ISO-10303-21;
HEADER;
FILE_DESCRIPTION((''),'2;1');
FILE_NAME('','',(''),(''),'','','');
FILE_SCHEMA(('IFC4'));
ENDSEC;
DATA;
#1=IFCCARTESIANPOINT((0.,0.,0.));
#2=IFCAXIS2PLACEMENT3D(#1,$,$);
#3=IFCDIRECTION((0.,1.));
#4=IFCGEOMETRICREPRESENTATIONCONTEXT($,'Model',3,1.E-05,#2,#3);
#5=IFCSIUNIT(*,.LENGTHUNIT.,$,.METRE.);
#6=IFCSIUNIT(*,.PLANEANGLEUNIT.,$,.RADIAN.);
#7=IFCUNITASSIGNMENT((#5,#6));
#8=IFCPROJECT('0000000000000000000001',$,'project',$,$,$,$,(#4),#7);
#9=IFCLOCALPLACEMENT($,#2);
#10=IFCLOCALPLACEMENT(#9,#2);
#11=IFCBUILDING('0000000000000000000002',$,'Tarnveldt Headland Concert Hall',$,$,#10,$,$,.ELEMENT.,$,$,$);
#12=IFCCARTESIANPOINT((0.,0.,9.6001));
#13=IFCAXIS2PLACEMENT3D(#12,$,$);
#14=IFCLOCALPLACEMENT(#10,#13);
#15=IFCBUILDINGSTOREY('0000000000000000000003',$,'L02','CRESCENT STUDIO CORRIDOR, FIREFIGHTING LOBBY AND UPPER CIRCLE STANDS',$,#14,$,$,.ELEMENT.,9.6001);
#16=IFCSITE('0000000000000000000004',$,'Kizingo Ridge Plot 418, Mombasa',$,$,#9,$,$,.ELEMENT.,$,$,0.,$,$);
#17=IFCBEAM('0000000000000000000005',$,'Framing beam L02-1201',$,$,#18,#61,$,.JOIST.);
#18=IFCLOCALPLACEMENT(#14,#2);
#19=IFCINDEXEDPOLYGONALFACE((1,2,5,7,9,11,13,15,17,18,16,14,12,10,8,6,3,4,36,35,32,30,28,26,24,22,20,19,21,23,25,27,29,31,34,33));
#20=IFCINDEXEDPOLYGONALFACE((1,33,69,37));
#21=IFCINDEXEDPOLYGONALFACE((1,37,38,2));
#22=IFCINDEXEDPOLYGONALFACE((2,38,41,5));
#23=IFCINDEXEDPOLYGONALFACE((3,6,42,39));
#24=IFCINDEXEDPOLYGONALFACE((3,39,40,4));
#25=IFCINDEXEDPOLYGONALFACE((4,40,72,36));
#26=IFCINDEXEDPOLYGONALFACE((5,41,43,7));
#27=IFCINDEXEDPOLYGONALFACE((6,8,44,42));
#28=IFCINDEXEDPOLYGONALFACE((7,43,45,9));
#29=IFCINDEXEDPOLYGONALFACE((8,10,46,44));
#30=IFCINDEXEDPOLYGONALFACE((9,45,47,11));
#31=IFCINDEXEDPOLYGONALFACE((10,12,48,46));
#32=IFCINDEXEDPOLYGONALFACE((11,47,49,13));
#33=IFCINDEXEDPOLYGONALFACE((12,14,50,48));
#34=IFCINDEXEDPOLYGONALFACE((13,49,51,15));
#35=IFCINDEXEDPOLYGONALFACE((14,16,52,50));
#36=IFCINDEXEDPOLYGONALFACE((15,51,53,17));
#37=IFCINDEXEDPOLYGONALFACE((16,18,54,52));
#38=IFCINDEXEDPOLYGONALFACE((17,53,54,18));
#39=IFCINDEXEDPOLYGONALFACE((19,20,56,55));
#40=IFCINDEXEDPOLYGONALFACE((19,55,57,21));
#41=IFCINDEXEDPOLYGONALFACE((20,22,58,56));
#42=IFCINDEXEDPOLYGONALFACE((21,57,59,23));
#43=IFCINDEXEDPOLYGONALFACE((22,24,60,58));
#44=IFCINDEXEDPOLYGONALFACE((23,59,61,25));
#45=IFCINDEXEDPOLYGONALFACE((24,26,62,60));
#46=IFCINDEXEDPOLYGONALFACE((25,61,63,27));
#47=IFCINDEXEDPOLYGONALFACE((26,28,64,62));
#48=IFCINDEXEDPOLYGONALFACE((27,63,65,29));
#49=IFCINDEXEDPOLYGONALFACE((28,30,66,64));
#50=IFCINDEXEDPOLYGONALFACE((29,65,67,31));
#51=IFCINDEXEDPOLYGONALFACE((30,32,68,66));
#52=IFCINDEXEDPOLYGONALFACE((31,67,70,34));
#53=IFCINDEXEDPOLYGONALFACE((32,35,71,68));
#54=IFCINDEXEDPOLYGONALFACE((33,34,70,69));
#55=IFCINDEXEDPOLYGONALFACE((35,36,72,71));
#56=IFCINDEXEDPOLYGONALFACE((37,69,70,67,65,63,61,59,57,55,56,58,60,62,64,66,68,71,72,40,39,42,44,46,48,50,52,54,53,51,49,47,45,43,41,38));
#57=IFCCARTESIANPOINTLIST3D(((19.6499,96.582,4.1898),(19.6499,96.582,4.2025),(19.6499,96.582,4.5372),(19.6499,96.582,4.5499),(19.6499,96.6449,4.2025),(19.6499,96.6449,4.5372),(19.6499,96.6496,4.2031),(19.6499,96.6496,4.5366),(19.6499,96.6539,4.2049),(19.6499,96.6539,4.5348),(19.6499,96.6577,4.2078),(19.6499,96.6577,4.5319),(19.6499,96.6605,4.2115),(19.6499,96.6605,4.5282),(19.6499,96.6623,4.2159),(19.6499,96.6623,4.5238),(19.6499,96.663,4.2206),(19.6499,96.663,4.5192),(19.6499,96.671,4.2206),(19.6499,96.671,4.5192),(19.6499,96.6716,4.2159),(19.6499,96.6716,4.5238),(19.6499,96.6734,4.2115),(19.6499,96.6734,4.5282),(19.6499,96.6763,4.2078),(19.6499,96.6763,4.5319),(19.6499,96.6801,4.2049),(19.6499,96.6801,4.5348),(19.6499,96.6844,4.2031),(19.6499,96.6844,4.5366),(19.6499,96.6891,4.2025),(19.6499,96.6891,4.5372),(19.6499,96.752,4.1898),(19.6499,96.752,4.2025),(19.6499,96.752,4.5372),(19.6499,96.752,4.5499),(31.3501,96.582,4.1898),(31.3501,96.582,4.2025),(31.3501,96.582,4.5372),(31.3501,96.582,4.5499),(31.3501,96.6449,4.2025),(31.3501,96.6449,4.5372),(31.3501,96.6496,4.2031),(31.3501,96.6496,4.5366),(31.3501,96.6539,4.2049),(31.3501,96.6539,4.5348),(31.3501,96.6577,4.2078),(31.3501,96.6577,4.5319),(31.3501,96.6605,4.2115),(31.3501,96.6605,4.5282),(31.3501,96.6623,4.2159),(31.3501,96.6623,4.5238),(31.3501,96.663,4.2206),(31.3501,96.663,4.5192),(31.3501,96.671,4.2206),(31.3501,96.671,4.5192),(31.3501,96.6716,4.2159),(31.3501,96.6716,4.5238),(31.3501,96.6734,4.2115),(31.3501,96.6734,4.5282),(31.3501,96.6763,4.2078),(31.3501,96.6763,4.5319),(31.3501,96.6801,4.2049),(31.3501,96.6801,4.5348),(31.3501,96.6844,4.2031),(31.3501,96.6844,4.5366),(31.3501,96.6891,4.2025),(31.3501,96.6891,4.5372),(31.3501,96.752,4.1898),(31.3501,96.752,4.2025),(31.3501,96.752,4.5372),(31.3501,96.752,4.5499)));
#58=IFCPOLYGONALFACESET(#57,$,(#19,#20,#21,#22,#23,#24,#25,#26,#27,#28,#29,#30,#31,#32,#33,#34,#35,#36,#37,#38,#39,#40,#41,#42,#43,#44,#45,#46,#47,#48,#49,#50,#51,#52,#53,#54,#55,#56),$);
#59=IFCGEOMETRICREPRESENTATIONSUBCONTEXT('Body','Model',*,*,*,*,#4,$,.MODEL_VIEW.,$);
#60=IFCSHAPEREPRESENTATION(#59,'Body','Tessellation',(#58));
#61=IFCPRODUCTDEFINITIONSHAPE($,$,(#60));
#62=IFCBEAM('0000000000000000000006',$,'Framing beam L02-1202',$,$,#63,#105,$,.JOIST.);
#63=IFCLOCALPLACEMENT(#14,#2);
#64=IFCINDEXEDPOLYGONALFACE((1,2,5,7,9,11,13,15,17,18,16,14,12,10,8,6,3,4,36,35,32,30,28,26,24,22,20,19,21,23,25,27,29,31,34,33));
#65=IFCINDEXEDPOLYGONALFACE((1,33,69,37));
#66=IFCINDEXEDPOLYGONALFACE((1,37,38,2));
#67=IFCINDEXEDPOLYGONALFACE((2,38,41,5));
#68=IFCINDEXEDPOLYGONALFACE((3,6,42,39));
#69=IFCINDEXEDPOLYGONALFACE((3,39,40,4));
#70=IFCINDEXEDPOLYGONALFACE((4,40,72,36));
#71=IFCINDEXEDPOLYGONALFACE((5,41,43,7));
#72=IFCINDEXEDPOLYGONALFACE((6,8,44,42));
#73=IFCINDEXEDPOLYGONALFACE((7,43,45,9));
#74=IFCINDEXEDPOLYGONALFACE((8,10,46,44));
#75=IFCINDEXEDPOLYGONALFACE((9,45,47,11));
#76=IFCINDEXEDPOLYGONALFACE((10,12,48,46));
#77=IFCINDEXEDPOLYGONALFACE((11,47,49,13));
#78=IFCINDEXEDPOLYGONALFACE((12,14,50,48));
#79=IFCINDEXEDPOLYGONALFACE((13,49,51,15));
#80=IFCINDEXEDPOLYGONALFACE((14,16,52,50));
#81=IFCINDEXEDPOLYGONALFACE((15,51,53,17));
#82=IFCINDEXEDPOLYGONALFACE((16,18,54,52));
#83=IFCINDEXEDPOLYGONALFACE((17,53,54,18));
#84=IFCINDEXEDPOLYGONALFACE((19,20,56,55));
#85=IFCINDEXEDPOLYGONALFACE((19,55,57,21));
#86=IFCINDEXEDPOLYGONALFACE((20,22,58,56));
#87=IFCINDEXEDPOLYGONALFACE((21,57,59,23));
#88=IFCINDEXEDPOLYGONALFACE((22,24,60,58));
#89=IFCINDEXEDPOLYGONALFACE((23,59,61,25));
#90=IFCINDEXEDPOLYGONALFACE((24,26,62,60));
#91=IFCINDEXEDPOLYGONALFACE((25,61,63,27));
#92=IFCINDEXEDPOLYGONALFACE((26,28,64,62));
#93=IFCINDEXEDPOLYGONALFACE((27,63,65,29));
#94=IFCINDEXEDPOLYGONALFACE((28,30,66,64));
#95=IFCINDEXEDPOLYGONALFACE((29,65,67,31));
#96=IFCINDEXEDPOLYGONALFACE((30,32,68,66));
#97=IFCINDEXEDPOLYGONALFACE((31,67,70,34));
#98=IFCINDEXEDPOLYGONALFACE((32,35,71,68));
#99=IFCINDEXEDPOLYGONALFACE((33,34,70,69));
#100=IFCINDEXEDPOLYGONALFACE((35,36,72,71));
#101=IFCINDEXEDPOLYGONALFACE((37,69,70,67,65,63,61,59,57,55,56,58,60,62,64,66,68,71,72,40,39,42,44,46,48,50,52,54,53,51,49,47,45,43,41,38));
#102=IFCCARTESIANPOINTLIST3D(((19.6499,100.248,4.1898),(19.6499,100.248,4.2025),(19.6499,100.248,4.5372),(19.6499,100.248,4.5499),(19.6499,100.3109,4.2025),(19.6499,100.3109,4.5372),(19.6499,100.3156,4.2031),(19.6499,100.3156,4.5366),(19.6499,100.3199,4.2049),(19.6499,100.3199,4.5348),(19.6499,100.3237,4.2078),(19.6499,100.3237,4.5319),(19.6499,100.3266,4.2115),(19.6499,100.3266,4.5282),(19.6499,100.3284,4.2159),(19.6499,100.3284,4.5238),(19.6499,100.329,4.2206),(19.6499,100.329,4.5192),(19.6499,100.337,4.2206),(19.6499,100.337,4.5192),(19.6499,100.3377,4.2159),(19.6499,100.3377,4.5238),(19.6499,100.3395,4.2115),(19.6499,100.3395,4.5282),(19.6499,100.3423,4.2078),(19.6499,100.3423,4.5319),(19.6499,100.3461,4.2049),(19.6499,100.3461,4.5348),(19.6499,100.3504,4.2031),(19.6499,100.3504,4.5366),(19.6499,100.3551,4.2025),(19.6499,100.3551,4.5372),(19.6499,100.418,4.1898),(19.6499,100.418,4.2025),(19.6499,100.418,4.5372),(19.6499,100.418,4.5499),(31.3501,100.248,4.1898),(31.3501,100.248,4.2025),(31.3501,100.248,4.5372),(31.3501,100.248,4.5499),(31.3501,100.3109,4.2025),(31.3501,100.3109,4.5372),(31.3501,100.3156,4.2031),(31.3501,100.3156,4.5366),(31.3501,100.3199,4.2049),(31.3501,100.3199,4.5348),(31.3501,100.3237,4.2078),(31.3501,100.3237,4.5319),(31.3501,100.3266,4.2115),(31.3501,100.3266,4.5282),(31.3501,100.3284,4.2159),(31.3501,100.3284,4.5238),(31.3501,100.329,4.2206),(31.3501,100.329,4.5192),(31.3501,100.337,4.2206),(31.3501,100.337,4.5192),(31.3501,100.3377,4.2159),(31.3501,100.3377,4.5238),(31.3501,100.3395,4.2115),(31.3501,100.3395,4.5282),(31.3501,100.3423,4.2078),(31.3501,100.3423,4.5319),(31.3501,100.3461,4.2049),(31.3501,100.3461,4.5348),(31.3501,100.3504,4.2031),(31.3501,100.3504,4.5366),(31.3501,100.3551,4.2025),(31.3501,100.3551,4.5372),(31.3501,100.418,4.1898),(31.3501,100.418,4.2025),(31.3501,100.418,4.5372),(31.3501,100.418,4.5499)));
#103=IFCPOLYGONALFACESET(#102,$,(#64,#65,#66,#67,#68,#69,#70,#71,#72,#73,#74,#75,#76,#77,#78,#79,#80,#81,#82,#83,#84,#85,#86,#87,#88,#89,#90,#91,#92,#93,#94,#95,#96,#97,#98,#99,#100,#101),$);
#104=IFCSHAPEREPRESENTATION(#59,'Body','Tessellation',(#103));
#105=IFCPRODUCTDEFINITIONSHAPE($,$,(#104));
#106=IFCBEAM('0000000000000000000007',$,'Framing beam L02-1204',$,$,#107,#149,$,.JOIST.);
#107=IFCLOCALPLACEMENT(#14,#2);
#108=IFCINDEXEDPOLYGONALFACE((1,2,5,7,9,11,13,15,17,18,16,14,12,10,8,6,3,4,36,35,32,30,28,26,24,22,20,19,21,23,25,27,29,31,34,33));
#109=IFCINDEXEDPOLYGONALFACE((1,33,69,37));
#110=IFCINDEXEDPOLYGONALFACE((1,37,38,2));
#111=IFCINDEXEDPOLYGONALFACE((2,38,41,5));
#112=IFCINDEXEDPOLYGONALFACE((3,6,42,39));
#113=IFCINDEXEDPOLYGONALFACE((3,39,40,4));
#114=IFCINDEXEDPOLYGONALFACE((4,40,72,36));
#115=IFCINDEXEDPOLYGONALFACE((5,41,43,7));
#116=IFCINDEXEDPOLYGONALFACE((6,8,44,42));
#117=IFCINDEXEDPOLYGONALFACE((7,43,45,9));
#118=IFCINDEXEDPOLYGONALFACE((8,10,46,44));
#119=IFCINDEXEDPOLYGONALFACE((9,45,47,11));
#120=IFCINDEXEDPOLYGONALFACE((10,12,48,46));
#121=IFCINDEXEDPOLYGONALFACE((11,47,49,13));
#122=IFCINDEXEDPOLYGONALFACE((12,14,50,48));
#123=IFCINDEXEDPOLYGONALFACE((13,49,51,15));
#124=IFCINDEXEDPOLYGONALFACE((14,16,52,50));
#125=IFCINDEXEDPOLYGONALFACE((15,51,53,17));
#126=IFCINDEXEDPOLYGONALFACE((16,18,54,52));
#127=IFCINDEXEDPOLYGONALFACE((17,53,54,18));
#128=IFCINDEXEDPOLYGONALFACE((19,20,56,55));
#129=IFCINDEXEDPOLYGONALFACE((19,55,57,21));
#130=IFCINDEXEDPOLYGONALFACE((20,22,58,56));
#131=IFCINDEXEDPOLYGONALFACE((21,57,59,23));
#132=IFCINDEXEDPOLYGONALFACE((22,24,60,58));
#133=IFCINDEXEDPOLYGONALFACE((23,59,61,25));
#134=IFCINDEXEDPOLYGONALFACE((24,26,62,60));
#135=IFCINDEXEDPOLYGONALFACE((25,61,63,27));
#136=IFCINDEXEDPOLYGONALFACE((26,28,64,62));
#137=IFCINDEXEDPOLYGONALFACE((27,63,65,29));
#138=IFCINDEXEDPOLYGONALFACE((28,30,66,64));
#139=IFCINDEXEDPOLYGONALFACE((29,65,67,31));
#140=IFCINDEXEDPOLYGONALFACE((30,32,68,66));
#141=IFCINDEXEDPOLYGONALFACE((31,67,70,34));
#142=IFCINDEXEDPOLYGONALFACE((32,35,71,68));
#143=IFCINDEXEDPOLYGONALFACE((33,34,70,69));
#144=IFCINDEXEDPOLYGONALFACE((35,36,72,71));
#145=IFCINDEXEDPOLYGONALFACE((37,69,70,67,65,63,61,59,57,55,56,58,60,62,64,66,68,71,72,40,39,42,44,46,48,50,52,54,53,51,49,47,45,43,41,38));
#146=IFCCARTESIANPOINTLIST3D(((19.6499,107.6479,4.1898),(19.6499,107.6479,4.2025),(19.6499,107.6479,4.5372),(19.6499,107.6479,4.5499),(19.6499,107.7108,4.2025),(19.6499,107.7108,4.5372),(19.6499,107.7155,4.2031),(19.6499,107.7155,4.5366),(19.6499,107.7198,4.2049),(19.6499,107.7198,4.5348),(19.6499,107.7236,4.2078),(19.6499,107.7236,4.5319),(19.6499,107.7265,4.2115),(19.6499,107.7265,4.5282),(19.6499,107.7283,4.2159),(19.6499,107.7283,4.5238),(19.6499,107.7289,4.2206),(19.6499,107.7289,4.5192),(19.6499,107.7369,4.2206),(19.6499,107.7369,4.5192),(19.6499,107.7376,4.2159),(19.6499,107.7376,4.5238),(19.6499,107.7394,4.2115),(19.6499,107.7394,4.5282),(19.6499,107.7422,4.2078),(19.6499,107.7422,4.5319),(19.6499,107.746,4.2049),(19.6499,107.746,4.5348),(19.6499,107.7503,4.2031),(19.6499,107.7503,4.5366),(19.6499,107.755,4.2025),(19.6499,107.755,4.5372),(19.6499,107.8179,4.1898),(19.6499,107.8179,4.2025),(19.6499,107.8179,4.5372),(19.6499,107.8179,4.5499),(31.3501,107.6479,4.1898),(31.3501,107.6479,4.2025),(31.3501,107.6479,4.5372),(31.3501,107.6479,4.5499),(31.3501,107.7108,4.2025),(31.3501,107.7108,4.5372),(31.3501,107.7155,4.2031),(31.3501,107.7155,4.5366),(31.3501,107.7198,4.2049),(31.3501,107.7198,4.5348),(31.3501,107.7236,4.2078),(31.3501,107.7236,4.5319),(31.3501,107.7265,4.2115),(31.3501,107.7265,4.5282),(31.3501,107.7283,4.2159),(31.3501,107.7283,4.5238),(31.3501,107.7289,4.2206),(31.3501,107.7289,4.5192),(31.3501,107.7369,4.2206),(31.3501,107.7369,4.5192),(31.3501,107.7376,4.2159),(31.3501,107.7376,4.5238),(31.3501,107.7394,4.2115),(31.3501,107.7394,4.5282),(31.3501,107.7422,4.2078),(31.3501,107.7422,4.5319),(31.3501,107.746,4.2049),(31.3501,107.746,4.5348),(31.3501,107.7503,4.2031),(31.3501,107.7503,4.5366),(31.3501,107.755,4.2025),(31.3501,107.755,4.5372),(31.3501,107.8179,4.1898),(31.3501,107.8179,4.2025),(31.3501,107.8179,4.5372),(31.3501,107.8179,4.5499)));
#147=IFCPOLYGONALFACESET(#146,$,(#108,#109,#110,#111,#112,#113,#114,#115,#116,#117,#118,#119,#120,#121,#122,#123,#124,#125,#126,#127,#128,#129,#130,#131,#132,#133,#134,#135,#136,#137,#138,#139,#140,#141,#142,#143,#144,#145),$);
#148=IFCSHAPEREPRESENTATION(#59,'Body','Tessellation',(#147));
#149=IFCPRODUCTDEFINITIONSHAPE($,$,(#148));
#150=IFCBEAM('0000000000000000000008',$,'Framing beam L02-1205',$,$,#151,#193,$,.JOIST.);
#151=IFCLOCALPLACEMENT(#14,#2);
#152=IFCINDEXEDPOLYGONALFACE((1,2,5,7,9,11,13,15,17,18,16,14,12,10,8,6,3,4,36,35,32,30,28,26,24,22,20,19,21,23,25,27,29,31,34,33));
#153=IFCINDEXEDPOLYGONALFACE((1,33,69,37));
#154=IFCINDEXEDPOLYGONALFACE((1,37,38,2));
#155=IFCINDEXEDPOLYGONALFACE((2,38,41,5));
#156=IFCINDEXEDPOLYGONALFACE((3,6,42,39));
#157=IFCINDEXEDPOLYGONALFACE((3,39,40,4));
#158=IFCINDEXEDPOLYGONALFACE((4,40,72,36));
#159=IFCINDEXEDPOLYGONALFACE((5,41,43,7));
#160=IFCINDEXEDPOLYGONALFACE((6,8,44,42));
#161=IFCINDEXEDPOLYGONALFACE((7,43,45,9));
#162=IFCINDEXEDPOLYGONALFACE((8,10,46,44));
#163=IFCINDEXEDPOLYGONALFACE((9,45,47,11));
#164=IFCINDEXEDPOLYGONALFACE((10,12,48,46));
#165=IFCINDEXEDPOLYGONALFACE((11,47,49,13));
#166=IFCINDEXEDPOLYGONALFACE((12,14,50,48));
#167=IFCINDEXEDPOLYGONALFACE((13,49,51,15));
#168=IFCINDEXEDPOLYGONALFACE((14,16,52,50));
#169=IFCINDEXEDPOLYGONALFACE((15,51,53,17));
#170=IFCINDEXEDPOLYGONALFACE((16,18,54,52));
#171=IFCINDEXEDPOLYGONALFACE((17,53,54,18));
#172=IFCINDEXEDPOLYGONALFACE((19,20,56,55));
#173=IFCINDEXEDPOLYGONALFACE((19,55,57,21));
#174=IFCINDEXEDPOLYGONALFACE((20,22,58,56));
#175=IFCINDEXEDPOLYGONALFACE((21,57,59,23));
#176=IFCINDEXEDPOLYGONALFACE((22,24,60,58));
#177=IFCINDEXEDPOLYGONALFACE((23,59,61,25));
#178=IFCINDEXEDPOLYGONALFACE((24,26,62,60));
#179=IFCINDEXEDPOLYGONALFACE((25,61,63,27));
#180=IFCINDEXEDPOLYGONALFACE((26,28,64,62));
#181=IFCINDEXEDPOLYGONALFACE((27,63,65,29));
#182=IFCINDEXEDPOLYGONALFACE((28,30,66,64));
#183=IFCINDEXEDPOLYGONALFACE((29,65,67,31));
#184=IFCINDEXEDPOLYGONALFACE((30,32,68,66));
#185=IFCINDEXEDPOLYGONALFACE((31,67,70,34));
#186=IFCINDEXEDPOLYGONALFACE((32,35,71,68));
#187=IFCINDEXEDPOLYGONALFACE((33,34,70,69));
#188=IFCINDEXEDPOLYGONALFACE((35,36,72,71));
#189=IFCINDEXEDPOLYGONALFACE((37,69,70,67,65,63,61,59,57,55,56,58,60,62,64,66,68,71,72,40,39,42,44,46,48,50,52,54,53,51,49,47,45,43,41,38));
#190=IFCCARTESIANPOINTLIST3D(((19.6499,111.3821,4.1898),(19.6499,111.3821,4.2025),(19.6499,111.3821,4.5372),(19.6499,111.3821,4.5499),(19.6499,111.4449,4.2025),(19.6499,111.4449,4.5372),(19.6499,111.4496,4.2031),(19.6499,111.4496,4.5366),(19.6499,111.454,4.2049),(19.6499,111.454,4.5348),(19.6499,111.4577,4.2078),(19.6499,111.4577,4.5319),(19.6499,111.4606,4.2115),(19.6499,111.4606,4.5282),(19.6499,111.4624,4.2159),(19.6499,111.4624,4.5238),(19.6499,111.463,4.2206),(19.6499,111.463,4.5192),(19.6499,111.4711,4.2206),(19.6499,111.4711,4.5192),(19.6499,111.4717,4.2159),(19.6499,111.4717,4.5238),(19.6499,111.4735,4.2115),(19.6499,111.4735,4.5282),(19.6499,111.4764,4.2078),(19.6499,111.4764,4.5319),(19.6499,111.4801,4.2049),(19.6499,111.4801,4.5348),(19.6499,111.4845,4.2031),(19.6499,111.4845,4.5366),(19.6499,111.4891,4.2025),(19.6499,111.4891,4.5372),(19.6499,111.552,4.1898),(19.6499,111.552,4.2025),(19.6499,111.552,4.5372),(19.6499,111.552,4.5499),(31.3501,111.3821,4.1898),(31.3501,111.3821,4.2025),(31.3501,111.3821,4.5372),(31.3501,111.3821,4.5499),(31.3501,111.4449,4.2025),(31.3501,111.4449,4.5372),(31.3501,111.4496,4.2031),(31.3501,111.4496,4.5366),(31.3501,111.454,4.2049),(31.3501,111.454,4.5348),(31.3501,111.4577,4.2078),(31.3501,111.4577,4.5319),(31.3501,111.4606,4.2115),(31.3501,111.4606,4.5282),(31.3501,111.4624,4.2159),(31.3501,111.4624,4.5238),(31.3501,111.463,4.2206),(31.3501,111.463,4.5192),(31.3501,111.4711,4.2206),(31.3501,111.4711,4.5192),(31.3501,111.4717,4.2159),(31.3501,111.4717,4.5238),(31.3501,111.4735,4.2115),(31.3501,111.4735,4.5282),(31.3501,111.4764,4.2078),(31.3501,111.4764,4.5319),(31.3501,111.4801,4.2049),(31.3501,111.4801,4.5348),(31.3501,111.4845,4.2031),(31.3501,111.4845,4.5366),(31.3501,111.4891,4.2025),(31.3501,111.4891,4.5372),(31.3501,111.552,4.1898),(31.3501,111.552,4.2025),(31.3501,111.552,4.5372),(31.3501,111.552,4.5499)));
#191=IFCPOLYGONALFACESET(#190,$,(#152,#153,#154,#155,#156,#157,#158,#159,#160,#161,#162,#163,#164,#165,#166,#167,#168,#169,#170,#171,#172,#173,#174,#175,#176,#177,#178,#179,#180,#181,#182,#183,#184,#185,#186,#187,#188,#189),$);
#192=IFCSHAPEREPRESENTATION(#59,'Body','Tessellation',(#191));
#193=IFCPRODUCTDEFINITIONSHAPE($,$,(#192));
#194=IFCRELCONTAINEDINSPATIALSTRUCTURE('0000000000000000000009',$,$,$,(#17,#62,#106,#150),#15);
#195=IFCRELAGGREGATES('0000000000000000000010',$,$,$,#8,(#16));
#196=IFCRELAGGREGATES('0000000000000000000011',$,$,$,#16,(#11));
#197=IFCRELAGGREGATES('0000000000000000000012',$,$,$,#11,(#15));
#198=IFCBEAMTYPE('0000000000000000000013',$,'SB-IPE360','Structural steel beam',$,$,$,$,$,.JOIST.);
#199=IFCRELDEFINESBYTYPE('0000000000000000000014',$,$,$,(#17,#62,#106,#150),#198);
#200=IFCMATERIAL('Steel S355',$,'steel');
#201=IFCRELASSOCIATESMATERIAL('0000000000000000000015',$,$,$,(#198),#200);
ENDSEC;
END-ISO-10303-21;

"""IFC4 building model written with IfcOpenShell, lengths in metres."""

from ifc_helpers import new_model, si_unit, direction, frame, origin, origin_2d, place, context, subcontext, project, spatial, i_section, extrude, material, material_profile, profile_set, type_object, element, save


model = new_model("IFC4")

# Units and contexts
model_context = context("Model", 3, precision=1e-05, world=origin(), true_north=direction((0.0, 1.0)))
body_context = subcontext(model_context, "Body", "Model", "MODEL_VIEW")
ifc_project = project(units=[si_unit("LENGTHUNIT", "METRE"), si_unit("PLANEANGLEUNIT", "RADIAN")], contexts=[model_context])

# Site, building, storey
site_placement = place(None, origin())
site = spatial("IfcSite", under=ifc_project, at=site_placement, Name="Kizingo Ridge Plot 418, Mombasa", CompositionType="ELEMENT", RefElevation=0.0)
building_placement = place(site_placement, origin())
building = spatial("IfcBuilding", under=site, at=building_placement, Name="Tarnveldt Headland Concert Hall", CompositionType="ELEMENT")
storey_placement = place(building_placement, frame((0.0, 0.0, 9.6001)))
storey = spatial("IfcBuildingStorey", under=building, at=storey_placement, Name="L02", Description="CRESCENT STUDIO CORRIDOR, FIREFIGHTING LOBBY AND UPPER CIRCLE STANDS", CompositionType="ELEMENT", Elevation=9.6001)

# Shared definitions
ifc_material_1 = material(Name="Steel S355", Category="steel")

# Beams
ifc_material_profile_1 = material_profile(ifc_material_1, i_section(OverallWidth=0.1699, OverallDepth=0.3601, WebThickness=0.0081, FlangeThickness=0.0127, FilletRadius=0.0181, at=origin_2d()), Name="IPE360", Category="steel")
ifc_profile_set_1 = profile_set([ifc_material_profile_1], Name="Steel S355")
beam_type_1 = type_object("IfcBeamType", Name="SB-IPE360", Description="Structural steel beam", PredefinedType="JOIST", material=ifc_profile_set_1)
for number, where, z_axis, x_axis, name in (
    (1, (19.6499, 96.667, 4.3699), (1.0, 0.0, 0.0), (0.0, 1.0, 0.0), "Framing beam L02-1201"),
    (2, (19.6499, 100.333, 4.3699), (1.0, 0.0, 0.0), (0.0, 1.0, 0.0), "Framing beam L02-1202"),
    (3, (19.6499, 107.7329, 4.3699), (1.0, 0.0, 0.0), (0.0, 1.0, 0.0), "Framing beam L02-1204"),
    (4, (19.6499, 111.467, 4.3699), (1.0, 0.0, 0.0), (0.0, 1.0, 0.0), "Framing beam L02-1205"),
):
    element("IfcBeam", number, at=place(storey_placement, frame(where, z_axis=z_axis, x_axis=x_axis)), inside=storey, type_object=beam_type_1, Name=name, PredefinedType="JOIST", context=body_context, shape_type="SweptSolid", body=[
        extrude(i_section(OverallWidth=0.1699, OverallDepth=0.3601, WebThickness=0.0081, FlangeThickness=0.0127, FilletRadius=0.0181, at=origin_2d()), origin(), (0.0, 0.0, 1.0), 11.7002),
    ])

save(model, "model.ifc")
